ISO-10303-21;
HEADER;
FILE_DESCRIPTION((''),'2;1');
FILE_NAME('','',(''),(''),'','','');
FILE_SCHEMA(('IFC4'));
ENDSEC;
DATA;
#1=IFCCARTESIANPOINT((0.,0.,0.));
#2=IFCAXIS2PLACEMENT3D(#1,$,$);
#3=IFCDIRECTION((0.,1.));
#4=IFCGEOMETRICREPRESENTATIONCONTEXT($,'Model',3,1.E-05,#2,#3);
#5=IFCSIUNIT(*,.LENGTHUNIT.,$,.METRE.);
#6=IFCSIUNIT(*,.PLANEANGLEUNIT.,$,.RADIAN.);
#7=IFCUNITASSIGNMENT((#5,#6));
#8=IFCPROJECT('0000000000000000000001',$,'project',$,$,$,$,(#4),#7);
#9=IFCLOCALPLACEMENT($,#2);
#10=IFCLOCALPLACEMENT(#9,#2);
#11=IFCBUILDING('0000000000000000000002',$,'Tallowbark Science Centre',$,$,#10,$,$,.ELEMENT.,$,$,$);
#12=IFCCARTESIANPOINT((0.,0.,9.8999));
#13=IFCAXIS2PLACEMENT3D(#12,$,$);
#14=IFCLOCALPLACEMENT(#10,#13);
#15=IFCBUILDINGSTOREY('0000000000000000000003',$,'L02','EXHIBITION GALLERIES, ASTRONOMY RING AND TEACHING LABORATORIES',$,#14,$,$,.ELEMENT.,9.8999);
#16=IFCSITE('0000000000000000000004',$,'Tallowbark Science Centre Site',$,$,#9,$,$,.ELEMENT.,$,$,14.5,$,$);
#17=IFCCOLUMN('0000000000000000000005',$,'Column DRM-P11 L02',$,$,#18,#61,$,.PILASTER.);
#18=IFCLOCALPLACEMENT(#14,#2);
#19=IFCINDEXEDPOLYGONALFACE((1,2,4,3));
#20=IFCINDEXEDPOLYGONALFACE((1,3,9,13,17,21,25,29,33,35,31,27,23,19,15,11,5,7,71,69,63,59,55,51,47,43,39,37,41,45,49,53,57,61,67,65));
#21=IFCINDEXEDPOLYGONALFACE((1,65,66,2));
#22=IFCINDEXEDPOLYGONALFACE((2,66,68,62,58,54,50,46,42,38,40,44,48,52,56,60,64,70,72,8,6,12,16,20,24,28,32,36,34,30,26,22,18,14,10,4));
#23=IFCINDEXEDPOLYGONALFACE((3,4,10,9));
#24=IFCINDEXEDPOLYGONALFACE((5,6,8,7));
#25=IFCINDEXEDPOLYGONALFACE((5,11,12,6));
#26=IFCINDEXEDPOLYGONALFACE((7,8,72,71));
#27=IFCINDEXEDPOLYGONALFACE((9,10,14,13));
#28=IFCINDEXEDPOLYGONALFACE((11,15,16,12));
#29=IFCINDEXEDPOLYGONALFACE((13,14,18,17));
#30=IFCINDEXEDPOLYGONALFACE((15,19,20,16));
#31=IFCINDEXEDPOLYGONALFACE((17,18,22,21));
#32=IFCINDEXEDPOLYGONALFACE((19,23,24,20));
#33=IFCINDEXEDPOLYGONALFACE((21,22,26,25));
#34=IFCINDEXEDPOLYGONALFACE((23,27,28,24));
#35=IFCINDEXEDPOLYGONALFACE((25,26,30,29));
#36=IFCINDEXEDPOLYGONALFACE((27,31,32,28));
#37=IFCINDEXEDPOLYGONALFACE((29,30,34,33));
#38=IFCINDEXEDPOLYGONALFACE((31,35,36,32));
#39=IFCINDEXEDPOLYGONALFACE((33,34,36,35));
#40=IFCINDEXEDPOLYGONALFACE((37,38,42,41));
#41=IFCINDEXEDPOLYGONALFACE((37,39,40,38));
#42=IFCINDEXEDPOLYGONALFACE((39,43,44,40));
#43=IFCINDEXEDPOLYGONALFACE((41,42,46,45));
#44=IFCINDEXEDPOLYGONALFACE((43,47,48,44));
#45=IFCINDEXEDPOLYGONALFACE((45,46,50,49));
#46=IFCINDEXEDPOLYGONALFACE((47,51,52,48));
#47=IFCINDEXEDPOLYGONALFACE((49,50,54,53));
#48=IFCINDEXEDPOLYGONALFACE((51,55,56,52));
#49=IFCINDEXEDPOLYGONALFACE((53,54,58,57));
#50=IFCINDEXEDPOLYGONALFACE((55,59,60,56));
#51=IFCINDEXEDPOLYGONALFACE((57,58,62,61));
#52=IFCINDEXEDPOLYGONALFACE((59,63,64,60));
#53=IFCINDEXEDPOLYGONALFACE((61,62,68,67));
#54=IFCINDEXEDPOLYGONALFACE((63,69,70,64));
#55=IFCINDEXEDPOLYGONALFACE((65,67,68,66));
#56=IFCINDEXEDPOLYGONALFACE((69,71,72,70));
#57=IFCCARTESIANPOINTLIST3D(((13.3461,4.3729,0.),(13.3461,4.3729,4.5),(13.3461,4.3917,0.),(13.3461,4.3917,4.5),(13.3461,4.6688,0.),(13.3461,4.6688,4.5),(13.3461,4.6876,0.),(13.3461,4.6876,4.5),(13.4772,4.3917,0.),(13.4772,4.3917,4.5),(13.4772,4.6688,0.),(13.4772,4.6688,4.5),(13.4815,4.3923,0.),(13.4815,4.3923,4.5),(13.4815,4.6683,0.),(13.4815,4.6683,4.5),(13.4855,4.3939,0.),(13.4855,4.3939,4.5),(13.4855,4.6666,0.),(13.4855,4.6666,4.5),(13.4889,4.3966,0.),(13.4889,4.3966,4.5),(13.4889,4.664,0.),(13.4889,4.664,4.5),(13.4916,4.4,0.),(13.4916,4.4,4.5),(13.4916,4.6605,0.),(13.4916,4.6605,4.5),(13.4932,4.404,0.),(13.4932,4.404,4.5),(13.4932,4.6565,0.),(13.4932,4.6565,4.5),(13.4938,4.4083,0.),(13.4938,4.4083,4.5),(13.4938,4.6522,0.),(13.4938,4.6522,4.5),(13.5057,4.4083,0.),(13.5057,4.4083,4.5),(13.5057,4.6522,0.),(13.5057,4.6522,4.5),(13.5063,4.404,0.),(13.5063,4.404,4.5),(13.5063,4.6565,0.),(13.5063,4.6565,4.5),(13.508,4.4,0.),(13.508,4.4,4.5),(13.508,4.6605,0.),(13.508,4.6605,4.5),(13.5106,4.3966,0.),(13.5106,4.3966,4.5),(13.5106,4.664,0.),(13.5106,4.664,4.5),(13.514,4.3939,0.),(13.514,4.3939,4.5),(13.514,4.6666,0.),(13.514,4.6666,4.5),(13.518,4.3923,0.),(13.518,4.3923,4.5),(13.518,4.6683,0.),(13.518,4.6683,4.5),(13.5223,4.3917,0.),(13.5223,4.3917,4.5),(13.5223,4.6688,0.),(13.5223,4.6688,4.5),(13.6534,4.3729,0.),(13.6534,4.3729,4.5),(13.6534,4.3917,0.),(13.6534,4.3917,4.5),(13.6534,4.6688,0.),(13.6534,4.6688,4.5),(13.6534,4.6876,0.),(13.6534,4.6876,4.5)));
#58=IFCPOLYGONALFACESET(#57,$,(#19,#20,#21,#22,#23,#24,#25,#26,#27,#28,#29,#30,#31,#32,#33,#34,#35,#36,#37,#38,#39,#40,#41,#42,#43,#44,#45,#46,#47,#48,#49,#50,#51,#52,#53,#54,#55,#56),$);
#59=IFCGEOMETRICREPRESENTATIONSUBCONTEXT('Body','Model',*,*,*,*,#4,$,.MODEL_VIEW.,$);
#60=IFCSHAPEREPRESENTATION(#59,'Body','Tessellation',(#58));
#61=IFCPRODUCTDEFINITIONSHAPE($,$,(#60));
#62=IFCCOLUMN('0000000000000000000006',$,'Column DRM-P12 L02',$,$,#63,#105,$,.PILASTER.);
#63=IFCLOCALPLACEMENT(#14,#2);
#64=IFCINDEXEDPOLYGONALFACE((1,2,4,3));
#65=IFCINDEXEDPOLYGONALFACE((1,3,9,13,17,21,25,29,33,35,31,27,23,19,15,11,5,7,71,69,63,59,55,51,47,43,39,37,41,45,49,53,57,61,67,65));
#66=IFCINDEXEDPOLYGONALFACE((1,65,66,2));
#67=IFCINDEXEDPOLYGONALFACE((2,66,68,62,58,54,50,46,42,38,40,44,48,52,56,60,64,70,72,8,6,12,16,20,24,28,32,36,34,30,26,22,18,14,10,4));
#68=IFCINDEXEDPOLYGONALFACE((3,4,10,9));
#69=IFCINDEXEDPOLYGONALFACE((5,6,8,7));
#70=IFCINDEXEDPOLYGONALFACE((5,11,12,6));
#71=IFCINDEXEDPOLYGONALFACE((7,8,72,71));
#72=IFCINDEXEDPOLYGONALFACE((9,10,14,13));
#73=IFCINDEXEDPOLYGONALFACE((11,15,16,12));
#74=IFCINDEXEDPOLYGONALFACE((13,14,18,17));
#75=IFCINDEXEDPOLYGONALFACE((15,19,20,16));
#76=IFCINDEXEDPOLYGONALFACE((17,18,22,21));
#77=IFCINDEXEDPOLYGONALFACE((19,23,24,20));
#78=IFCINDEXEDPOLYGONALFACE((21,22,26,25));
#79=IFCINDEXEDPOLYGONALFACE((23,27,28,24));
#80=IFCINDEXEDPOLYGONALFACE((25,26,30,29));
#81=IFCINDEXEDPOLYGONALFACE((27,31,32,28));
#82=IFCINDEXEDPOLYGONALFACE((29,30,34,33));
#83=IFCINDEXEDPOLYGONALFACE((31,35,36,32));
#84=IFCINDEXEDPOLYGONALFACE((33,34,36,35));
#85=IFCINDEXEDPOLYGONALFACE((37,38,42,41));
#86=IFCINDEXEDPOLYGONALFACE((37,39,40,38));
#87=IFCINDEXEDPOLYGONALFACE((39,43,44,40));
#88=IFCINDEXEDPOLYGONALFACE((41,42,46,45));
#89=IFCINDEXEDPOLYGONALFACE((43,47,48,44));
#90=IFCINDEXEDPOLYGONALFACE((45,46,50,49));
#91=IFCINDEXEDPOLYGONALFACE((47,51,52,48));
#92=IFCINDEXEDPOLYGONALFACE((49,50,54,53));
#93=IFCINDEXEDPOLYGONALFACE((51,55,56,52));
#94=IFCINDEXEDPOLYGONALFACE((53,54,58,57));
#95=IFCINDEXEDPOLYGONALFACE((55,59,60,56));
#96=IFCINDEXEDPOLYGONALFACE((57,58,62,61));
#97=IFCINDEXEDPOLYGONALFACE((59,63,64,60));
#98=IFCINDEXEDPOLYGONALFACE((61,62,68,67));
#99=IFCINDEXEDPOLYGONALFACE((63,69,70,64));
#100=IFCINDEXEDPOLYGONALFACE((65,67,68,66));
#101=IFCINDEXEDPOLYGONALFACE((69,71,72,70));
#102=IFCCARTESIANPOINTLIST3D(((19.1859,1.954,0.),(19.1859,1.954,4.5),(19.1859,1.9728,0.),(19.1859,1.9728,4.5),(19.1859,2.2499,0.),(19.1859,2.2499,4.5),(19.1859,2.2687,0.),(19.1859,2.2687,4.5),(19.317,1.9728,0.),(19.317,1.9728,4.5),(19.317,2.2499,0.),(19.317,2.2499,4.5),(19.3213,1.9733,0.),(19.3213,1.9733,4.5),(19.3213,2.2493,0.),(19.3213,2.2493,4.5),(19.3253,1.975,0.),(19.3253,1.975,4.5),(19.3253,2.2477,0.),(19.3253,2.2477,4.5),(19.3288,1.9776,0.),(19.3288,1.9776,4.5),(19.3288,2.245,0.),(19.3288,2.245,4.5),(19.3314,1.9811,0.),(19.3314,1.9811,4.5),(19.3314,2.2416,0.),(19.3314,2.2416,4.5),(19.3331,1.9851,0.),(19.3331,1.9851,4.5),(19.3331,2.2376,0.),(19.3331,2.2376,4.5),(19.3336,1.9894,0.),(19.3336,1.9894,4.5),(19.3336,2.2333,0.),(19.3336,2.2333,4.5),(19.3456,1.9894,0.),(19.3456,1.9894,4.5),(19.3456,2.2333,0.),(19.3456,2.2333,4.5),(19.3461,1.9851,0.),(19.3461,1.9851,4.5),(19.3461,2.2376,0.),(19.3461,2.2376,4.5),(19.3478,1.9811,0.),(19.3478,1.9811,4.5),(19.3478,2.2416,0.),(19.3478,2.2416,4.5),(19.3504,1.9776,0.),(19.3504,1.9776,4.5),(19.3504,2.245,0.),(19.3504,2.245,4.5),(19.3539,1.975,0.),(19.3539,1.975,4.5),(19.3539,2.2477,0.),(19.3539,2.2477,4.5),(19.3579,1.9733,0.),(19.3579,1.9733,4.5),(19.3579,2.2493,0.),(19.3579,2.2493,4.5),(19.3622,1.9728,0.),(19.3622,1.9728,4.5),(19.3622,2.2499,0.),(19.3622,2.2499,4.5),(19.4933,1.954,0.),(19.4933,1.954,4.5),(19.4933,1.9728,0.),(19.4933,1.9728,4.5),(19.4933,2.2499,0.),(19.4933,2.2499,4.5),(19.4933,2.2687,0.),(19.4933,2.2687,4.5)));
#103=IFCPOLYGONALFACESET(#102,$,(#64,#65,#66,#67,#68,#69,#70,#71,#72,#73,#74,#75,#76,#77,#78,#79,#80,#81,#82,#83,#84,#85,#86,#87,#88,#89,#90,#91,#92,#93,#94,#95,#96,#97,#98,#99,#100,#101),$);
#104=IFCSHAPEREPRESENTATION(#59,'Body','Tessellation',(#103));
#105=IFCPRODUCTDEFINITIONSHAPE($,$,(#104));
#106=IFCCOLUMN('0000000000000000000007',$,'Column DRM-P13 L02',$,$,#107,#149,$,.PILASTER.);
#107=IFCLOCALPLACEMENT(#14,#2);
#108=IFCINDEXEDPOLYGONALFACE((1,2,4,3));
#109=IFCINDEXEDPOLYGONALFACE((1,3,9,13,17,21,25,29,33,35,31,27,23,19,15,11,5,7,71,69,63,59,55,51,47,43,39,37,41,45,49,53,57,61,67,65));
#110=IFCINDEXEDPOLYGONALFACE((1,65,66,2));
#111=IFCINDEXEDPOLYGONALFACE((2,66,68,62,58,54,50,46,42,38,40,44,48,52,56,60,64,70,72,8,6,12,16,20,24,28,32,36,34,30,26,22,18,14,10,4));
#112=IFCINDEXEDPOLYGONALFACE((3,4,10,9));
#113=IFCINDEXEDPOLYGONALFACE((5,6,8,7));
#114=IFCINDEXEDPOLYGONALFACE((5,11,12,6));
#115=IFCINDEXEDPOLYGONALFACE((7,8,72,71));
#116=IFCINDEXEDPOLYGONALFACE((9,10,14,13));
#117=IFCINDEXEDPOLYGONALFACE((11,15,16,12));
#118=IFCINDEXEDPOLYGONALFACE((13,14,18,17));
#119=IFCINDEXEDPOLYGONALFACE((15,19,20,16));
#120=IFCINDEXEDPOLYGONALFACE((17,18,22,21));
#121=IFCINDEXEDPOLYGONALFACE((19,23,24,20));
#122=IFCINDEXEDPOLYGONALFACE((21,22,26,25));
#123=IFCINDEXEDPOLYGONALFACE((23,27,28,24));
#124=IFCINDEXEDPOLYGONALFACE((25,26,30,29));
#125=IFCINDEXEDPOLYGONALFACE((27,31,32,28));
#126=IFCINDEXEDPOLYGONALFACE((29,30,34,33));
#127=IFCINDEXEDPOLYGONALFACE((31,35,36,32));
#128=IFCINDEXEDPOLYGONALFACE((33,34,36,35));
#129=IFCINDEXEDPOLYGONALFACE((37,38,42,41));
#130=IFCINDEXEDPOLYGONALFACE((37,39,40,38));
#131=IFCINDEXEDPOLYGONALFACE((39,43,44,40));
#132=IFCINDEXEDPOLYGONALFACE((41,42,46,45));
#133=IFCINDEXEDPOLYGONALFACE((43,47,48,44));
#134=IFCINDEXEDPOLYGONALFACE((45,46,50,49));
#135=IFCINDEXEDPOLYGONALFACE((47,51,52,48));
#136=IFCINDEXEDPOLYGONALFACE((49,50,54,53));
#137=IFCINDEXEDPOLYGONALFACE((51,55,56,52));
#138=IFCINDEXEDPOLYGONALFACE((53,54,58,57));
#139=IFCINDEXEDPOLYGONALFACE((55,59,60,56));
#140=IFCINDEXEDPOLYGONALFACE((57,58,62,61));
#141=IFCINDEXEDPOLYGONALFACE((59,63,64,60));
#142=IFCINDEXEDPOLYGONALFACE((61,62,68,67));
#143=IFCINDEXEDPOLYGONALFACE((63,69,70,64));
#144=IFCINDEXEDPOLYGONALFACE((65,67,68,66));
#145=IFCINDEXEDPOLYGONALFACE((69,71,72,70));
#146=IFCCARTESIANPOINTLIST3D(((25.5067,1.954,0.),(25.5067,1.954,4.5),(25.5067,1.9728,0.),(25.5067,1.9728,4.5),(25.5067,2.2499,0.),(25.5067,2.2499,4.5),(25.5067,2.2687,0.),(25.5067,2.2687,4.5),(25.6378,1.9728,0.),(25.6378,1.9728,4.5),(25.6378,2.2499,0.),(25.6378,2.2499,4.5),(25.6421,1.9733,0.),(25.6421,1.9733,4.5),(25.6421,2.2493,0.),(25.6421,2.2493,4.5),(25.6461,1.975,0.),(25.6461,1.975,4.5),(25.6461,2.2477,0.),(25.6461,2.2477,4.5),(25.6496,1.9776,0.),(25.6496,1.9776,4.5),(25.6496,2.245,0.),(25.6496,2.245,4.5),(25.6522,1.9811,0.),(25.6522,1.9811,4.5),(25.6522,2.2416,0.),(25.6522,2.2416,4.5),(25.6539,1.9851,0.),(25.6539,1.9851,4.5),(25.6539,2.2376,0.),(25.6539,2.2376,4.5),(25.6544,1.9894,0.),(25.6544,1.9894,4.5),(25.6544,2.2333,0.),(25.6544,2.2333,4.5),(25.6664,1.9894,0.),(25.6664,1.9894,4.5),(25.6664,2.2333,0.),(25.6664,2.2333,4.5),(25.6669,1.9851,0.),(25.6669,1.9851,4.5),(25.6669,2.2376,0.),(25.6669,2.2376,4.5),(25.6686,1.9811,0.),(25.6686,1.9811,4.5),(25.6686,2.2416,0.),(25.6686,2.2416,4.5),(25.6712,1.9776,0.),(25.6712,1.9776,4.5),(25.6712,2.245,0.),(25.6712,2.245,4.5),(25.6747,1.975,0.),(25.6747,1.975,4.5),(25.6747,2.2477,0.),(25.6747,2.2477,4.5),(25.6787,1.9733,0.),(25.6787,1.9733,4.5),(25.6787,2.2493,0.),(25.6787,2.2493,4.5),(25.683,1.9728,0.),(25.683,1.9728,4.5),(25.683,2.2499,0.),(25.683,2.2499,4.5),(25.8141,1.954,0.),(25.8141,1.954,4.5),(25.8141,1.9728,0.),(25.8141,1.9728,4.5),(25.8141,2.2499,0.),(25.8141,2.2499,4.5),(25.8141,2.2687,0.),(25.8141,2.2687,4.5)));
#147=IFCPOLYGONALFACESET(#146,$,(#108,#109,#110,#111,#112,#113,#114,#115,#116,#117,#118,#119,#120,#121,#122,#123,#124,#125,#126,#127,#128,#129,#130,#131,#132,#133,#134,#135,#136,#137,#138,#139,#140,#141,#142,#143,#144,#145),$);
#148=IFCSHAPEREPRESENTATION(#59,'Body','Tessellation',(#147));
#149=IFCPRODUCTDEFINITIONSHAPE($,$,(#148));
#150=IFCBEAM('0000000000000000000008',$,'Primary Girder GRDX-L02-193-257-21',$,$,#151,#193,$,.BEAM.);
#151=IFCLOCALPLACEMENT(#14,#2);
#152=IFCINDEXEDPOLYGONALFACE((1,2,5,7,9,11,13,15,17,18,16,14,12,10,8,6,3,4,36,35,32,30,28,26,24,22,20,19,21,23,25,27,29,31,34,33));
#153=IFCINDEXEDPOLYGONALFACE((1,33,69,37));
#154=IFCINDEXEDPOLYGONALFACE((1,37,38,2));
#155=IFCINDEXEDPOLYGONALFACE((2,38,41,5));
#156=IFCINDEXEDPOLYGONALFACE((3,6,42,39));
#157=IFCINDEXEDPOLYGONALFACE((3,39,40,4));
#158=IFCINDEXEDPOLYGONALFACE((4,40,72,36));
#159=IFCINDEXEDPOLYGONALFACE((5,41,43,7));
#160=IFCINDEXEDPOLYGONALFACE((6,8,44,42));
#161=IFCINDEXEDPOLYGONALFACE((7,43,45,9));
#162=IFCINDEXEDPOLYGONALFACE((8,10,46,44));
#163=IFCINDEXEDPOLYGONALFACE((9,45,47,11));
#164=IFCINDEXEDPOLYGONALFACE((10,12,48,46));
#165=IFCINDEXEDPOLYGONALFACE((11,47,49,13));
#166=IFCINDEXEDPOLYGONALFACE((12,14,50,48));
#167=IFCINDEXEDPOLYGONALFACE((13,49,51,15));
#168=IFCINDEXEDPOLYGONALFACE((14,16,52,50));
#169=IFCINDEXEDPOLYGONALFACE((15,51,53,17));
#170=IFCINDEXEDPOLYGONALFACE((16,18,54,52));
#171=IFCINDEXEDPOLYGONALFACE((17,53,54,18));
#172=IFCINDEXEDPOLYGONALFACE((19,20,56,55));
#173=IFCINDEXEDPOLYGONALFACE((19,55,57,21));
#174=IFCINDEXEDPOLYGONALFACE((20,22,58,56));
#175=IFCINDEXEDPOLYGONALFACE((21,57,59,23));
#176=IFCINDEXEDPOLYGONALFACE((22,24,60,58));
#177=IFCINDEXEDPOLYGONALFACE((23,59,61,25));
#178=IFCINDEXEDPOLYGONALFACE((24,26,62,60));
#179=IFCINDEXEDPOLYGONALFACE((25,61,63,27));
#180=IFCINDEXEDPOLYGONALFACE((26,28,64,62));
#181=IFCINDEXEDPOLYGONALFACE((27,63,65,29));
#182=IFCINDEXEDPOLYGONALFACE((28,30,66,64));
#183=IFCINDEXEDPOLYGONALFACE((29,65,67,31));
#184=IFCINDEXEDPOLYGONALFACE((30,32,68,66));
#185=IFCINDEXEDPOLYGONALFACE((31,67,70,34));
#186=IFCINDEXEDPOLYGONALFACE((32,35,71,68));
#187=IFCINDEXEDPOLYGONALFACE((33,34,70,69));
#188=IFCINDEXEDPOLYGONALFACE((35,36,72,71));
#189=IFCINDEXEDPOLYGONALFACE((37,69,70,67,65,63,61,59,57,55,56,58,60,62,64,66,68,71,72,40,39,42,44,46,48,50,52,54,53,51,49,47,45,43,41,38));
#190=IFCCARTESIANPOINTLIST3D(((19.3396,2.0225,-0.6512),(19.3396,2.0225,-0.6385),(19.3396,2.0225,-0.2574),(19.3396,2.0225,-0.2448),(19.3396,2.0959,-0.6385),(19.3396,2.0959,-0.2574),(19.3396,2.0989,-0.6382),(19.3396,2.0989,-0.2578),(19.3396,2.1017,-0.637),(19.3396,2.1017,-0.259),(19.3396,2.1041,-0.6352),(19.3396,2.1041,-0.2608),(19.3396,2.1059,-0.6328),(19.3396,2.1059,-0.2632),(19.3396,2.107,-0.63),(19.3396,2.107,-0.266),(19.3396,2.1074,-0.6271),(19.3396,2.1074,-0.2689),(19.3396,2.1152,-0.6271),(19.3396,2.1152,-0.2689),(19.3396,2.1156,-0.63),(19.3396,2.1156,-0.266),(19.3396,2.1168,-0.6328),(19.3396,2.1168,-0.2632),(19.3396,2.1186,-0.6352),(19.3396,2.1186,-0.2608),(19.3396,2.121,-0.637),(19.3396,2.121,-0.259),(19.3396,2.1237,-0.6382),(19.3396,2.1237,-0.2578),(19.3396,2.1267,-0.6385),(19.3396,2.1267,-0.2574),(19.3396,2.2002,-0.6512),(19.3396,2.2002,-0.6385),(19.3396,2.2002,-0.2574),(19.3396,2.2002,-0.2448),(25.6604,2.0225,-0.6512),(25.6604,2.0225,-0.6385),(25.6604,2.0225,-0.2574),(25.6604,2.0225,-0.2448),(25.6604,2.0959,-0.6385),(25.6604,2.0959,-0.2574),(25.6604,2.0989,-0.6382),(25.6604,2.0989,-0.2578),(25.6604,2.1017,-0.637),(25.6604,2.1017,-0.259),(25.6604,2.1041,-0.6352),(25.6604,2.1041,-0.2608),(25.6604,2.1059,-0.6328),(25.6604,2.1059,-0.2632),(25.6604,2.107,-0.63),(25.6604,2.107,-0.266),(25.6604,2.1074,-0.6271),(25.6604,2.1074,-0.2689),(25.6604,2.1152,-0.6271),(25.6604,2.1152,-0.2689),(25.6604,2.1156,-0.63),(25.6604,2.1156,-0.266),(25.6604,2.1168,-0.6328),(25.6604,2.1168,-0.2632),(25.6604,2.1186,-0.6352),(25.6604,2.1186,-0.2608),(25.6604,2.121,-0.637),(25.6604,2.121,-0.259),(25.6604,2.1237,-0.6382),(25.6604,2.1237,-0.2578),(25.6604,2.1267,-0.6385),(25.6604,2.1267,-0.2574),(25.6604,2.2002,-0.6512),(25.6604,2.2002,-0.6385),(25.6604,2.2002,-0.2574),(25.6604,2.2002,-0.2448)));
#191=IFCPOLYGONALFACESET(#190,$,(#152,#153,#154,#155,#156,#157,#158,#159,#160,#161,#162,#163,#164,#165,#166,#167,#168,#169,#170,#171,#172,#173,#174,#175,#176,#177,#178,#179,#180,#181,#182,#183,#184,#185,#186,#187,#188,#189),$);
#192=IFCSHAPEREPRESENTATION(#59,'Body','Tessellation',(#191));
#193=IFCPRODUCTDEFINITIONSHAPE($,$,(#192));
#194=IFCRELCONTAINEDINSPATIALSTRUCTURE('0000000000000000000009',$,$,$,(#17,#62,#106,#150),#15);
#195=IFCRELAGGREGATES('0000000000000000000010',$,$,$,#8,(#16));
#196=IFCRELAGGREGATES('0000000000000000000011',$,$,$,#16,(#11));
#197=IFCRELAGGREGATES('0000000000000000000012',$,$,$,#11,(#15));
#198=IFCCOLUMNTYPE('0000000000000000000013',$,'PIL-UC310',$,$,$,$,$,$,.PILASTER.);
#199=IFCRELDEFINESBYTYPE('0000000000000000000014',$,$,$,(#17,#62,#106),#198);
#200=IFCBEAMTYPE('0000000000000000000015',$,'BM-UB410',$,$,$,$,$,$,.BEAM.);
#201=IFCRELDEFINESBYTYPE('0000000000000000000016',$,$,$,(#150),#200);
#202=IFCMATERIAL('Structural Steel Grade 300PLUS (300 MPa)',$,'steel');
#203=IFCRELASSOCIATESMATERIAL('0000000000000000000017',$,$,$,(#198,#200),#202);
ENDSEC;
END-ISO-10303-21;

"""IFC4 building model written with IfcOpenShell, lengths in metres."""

from ifc_helpers import new_model, si_unit, direction, frame, origin, origin_2d, place, context, subcontext, project, spatial, i_section, extrude, material, material_profile, profile_set, type_object, element, save


model = new_model("IFC4")

# Units and contexts
model_context = context("Model", 3, precision=1e-05, world=origin(), true_north=direction((0.0, 1.0)))
body_context = subcontext(model_context, "Body", "Model", "MODEL_VIEW")
ifc_project = project(units=[si_unit("LENGTHUNIT", "METRE"), si_unit("PLANEANGLEUNIT", "RADIAN")], contexts=[model_context])

# Site, building, storey
site_placement = place(None, origin())
site = spatial("IfcSite", under=ifc_project, at=site_placement, Name="Tallowbark Science Centre Site", CompositionType="ELEMENT", RefElevation=14.5)
building_placement = place(site_placement, origin())
building = spatial("IfcBuilding", under=site, at=building_placement, Name="Tallowbark Science Centre", CompositionType="ELEMENT")
storey_placement = place(building_placement, frame((0.0, 0.0, 9.8999)))
storey = spatial("IfcBuildingStorey", under=building, at=storey_placement, Name="L02", Description="EXHIBITION GALLERIES, ASTRONOMY RING AND TEACHING LABORATORIES", CompositionType="ELEMENT", Elevation=9.8999)

# Columns
ifc_material_1 = material(Name="Structural Steel Grade 300PLUS (300 MPa)", Category="steel")
ifc_material_profile_1 = material_profile(ifc_material_1, i_section(OverallWidth=0.3074, OverallDepth=0.3147, WebThickness=0.012, FlangeThickness=0.0188, FilletRadius=0.0166, at=origin_2d()), Name="310UC118")
ifc_profile_set_1 = profile_set([ifc_material_profile_1], Name="Structural Steel Grade 300PLUS (300 MPa)")
column_type = type_object("IfcColumnType", Name="PIL-UC310", PredefinedType="PILASTER", material=ifc_profile_set_1)
for number, where, z_axis, x_axis, name in (
    (1, (13.4998, 4.5303, 0.0), (0.0, 0.0, 1.0), (1.0, 0.0, 0.0), "Column DRM-P11 L02"),
    (2, (19.3396, 2.1113, 0.0), (0.0, 0.0, 1.0), (1.0, 0.0, 0.0), "Column DRM-P12 L02"),
    (3, (25.6604, 2.1113, 0.0), (0.0, 0.0, 1.0), (1.0, 0.0, 0.0), "Column DRM-P13 L02"),
):
    element("IfcColumn", number, at=place(storey_placement, frame(where, z_axis=z_axis, x_axis=x_axis)), inside=storey, type_object=column_type, Name=name, PredefinedType="PILASTER", context=body_context, shape_type="SweptSolid", body=[
        extrude(i_section(OverallWidth=0.3074, OverallDepth=0.3147, WebThickness=0.012, FlangeThickness=0.0188, FilletRadius=0.0166, at=origin_2d()), origin(), (0.0, 0.0, 1.0), 4.5),
    ])

# Beam
ifc_material_profile_2 = material_profile(ifc_material_1, i_section(OverallWidth=0.1777, OverallDepth=0.4065, WebThickness=0.0078, FlangeThickness=0.0127, FilletRadius=0.0115, at=origin_2d()), Name="410UB59.7")
ifc_profile_set_2 = profile_set([ifc_material_profile_2], Name="Structural Steel Grade 300PLUS (300 MPa)")
beam_type = type_object("IfcBeamType", Name="BM-UB410", PredefinedType="BEAM", material=ifc_profile_set_2)
beam_placement = place(storey_placement, frame((19.3396, 2.1113, -0.448), z_axis=(1.0, 0.0, 0.0), x_axis=(0.0, 1.0, 0.0)))
element("IfcBeam", 4, at=beam_placement, inside=storey, type_object=beam_type, Name="Primary Girder GRDX-L02-193-257-21", PredefinedType="BEAM", context=body_context, shape_type="SweptSolid", body=[
    extrude(i_section(OverallWidth=0.1777, OverallDepth=0.4065, WebThickness=0.0078, FlangeThickness=0.0127, FilletRadius=0.0115, at=origin_2d()), origin(), (0.0, 0.0, 1.0), 6.3208),
])

save(model, "model.ifc")
